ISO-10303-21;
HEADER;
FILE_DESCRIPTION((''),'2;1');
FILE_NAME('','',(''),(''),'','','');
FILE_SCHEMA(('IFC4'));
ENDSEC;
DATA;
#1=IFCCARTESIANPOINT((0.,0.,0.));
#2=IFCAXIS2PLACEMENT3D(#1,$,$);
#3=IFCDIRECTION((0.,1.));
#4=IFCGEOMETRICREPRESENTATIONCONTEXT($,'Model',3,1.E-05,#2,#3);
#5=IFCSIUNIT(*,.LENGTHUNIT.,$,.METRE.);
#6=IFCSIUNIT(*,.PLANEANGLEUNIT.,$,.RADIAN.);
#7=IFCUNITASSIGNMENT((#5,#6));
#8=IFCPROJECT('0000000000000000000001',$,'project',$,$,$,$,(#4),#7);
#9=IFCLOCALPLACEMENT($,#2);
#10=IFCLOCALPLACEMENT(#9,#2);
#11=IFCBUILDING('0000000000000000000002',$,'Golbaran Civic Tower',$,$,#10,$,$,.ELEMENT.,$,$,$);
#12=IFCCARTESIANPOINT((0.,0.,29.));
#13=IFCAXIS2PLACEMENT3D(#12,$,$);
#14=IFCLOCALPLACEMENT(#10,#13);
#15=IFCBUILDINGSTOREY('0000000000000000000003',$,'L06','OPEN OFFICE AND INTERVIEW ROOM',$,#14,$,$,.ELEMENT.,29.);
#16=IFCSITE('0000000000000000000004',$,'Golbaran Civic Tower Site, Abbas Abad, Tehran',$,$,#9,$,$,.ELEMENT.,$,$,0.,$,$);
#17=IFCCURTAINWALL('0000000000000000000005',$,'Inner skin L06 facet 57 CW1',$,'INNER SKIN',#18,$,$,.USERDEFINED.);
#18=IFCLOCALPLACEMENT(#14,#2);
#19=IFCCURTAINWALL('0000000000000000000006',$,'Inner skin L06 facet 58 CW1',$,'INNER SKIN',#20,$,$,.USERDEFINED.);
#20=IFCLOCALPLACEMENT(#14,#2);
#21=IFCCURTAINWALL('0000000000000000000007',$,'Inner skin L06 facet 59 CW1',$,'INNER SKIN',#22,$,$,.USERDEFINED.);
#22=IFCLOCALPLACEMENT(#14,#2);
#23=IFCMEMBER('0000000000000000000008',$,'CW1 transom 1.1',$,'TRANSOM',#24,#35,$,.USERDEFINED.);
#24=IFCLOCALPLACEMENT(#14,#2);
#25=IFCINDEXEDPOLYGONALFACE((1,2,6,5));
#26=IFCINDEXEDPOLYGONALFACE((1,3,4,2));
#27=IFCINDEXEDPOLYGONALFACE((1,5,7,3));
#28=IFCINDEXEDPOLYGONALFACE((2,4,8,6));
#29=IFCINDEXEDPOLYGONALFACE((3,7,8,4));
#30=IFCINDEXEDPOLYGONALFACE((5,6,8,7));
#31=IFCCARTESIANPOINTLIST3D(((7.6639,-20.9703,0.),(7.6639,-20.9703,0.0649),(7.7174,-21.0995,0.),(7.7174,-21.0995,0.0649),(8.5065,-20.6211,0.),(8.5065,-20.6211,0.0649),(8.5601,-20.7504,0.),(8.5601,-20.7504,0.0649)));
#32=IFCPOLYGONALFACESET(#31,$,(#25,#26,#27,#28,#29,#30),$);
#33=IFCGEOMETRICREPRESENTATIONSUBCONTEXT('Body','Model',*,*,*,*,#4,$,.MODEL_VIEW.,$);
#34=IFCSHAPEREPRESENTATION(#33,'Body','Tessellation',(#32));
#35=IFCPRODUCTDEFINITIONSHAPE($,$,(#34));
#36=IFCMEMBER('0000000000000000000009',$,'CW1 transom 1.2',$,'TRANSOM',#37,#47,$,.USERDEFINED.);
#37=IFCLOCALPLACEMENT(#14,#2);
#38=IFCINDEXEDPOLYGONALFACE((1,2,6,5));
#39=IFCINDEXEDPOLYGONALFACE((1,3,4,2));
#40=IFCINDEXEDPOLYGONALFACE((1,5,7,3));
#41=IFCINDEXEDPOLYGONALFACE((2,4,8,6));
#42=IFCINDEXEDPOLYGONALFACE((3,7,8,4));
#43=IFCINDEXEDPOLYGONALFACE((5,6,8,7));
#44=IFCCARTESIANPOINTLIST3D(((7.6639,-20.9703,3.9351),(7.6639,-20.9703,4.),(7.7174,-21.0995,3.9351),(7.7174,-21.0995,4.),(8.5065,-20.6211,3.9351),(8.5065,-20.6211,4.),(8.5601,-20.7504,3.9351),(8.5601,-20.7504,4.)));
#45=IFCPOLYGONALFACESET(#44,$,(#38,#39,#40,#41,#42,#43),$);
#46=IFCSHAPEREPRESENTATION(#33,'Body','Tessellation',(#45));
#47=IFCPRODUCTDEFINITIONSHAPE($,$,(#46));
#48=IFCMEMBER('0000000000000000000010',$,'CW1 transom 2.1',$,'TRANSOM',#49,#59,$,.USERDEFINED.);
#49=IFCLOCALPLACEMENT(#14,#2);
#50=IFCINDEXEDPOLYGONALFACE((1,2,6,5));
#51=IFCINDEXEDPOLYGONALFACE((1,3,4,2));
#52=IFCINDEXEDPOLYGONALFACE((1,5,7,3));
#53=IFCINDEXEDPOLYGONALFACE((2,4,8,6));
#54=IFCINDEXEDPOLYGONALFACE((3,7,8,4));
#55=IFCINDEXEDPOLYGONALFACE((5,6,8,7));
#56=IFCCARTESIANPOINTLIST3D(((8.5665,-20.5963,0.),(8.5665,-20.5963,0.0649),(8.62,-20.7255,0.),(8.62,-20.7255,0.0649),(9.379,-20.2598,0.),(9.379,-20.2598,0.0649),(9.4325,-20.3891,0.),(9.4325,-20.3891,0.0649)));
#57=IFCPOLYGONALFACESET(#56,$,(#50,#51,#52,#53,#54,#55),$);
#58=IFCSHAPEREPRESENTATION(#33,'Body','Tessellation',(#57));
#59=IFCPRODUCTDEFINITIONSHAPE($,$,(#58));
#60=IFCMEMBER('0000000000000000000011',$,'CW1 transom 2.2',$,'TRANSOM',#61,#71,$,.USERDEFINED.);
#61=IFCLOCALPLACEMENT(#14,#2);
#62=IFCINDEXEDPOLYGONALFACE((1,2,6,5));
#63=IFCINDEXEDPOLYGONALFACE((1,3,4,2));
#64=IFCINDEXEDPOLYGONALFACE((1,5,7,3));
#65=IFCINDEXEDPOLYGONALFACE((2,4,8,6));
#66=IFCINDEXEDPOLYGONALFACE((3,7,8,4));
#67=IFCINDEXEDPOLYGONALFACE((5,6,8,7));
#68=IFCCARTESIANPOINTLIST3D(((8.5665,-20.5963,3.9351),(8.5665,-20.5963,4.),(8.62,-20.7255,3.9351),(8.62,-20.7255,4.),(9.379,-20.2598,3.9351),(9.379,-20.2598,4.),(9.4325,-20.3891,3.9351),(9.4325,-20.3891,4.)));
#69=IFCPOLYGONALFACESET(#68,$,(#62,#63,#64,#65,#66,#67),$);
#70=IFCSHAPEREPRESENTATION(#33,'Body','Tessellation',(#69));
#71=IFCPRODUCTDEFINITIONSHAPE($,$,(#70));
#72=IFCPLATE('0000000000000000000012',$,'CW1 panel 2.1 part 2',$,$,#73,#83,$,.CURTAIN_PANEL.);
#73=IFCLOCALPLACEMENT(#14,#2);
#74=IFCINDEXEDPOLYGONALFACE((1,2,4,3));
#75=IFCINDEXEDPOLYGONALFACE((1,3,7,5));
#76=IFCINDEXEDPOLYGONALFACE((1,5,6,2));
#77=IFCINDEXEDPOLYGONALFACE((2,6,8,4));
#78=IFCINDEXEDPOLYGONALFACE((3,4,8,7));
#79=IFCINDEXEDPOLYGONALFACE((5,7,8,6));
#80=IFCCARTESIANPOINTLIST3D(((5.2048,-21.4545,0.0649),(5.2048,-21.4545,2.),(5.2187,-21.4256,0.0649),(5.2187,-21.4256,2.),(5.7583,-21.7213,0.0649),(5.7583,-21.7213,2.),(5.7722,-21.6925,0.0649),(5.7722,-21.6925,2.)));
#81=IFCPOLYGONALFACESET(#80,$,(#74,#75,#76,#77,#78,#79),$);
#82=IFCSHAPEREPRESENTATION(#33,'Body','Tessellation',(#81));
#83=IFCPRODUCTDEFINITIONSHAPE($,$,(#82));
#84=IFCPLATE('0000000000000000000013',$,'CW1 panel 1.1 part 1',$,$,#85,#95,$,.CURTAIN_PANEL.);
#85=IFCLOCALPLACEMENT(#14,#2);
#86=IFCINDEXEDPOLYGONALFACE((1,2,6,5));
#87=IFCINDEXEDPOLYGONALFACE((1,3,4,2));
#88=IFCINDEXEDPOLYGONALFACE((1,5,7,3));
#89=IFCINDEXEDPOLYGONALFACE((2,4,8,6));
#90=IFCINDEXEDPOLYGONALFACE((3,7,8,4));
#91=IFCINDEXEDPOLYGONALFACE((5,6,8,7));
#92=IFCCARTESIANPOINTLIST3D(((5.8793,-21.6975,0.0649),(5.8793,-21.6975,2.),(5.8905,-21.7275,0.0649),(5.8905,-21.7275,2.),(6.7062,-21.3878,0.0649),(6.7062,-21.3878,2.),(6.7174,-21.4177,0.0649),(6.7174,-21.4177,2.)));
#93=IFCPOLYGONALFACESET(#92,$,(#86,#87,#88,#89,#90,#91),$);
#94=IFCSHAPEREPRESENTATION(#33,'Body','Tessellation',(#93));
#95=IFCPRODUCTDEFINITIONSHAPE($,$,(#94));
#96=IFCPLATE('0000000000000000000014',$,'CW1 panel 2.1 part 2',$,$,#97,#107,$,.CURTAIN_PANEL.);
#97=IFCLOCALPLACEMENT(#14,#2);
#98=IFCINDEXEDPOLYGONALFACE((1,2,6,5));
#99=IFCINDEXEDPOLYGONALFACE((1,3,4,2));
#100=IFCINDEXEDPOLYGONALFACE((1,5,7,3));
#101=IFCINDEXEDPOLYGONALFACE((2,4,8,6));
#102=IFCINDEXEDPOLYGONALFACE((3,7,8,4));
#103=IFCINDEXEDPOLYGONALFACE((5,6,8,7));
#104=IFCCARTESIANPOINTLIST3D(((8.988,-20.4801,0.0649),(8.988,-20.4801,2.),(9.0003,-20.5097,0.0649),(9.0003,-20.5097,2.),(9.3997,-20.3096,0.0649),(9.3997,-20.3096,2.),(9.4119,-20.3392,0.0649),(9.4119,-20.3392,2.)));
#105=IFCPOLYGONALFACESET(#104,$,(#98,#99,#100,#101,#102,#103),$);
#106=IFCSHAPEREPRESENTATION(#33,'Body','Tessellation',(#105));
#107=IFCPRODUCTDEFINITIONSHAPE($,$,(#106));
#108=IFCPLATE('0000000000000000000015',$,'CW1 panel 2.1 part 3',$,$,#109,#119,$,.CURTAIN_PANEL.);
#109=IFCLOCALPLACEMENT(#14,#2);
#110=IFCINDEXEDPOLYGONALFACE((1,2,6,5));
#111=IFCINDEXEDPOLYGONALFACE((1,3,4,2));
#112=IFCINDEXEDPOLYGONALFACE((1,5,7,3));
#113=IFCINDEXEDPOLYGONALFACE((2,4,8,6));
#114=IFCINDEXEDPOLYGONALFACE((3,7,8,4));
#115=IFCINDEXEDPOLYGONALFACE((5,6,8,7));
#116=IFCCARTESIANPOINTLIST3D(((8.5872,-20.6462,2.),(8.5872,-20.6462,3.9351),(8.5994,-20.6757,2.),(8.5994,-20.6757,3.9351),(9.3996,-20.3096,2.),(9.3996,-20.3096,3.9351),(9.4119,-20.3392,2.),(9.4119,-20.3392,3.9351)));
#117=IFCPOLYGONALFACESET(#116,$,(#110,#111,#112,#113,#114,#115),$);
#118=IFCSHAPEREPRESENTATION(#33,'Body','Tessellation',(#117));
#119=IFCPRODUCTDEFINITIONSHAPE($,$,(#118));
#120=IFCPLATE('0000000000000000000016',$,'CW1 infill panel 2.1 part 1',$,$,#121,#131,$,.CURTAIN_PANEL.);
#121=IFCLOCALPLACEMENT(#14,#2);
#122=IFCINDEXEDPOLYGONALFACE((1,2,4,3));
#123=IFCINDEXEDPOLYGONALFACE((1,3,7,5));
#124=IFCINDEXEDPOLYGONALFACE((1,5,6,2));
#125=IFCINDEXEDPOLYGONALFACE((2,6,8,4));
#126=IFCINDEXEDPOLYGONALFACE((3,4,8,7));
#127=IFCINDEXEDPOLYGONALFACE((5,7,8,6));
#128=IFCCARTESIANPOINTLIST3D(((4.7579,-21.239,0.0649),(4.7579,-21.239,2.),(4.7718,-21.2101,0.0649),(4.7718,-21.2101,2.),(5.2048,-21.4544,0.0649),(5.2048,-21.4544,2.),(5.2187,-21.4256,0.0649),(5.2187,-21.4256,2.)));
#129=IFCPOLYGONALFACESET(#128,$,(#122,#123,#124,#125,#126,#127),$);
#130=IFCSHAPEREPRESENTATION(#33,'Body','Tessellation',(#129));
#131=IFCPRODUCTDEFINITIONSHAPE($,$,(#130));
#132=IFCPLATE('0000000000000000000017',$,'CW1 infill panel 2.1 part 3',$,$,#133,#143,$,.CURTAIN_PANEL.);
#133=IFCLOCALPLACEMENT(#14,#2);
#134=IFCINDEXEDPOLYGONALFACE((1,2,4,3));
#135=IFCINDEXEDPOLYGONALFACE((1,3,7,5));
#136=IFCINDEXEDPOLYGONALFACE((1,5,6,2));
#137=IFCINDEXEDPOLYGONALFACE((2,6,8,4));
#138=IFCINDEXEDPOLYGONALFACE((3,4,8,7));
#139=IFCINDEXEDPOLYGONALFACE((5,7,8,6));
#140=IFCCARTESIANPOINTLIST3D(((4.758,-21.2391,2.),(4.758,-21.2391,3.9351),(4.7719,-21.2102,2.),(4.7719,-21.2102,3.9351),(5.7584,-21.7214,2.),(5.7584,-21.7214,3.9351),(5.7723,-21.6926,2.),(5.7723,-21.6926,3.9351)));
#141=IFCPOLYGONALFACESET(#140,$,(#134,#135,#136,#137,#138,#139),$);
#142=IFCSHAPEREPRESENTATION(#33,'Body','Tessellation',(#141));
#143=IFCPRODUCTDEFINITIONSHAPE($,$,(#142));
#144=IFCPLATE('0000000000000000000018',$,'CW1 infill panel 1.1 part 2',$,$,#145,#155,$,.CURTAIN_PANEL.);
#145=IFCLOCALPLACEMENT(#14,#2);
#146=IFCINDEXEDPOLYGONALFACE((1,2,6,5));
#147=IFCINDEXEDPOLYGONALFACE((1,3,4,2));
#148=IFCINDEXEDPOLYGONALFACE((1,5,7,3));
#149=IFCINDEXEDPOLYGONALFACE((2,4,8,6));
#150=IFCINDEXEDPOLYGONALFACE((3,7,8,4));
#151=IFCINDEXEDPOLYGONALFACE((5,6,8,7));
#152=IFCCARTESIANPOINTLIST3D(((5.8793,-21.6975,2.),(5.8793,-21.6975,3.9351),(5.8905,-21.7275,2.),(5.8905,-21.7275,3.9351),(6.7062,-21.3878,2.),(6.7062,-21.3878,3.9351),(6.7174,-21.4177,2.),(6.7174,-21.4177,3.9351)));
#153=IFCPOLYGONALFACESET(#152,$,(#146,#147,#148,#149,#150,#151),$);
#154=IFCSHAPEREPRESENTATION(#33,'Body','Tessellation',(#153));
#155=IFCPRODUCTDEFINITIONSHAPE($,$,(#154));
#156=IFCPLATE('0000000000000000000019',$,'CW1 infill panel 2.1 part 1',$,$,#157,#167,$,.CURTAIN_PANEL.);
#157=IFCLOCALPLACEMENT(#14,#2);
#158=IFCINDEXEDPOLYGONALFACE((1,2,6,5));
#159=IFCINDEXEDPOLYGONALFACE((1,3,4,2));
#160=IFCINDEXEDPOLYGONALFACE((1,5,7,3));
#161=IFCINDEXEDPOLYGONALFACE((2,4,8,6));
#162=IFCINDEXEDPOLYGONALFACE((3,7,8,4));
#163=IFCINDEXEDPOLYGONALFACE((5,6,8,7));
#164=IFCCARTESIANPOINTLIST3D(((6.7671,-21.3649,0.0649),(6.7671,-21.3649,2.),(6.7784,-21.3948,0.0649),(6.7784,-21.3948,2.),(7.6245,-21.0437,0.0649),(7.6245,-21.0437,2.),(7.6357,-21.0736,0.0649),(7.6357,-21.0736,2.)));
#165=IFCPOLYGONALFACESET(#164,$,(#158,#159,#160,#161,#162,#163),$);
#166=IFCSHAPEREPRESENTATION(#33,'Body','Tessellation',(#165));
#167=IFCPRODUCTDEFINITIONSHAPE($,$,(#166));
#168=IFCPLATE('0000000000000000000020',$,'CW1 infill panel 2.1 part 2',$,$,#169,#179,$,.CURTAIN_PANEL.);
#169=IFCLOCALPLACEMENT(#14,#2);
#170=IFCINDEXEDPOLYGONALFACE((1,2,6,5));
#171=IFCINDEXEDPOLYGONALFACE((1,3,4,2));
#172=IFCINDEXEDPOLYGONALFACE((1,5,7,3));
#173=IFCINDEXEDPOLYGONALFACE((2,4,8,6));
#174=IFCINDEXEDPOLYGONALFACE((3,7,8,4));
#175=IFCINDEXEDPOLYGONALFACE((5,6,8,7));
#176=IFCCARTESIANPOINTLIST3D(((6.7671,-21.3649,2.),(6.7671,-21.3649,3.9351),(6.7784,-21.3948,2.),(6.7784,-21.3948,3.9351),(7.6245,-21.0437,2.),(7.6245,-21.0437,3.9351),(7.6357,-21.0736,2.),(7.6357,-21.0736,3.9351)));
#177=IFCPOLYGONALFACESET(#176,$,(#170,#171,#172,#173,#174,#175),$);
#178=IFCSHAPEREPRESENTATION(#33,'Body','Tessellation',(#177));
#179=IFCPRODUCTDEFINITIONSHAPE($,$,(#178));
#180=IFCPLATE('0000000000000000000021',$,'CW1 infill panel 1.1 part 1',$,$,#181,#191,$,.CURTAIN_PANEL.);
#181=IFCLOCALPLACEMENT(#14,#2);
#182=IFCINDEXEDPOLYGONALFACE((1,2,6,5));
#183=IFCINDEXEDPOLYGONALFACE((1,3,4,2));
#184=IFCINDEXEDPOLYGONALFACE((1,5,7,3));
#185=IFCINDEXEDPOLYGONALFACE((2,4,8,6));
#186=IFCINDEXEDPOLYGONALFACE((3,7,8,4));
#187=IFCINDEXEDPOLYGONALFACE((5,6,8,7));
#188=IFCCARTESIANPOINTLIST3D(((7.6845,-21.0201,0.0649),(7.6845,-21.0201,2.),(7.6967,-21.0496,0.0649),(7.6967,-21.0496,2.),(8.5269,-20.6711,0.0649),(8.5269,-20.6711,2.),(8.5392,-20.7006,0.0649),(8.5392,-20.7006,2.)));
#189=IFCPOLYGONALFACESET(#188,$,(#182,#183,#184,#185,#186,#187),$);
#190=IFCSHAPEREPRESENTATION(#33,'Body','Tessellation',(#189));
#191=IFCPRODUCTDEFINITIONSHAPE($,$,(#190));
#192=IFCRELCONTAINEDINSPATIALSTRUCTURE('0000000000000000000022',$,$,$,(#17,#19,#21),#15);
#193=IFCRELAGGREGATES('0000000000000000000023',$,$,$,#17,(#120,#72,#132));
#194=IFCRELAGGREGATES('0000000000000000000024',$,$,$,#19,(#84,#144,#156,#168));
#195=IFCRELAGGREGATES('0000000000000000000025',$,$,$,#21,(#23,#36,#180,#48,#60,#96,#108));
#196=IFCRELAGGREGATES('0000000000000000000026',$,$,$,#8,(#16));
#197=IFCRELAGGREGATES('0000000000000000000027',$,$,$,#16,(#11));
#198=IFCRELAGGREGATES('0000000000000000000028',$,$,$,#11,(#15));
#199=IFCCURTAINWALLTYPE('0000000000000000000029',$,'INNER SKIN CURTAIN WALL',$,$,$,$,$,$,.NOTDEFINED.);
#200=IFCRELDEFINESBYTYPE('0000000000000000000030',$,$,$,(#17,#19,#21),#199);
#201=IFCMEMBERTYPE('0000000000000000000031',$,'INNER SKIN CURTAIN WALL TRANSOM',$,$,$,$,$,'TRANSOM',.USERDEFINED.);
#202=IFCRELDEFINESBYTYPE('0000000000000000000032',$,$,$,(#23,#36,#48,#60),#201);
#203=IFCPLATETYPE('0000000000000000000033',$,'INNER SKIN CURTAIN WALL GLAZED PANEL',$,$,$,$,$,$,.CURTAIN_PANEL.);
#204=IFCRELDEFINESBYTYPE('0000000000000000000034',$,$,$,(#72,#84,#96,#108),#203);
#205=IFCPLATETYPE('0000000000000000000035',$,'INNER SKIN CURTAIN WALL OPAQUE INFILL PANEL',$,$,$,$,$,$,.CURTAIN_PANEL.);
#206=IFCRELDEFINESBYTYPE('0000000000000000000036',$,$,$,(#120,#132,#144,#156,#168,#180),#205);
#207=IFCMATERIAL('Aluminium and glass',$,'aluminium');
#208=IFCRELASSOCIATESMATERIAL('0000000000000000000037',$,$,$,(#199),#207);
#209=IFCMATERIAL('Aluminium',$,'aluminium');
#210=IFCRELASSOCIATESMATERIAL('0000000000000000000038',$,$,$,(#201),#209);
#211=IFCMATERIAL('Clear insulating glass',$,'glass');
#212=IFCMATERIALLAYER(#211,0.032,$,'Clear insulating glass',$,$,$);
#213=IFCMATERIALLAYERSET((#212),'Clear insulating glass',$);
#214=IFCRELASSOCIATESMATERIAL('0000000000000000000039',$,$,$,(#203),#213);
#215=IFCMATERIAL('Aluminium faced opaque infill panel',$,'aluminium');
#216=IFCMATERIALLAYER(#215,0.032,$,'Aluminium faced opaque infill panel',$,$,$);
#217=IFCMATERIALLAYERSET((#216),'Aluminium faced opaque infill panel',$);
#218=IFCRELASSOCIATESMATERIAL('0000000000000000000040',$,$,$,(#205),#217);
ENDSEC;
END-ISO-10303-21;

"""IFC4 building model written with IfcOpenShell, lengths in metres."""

from ifc_helpers import new_model, si_unit, direction, frame, origin, origin_2d, place, context, subcontext, project, spatial, rectangle, extrude, material, layer, layer_set, material_profile, profile_set, type_object, element, aggregate, save


model = new_model("IFC4")

# Units and contexts
model_context = context("Model", 3, precision=1e-05, world=origin(), true_north=direction((0.0, 1.0)))
body_context = subcontext(model_context, "Body", "Model", "MODEL_VIEW")
ifc_project = project(units=[si_unit("LENGTHUNIT", "METRE"), si_unit("PLANEANGLEUNIT", "RADIAN")], contexts=[model_context])

# Site, building, storey
site_placement = place(None, origin())
site = spatial("IfcSite", under=ifc_project, at=site_placement, Name="Golbaran Civic Tower Site, Abbas Abad, Tehran", CompositionType="ELEMENT", RefElevation=0.0)
building_placement = place(site_placement, origin())
building = spatial("IfcBuilding", under=site, at=building_placement, Name="Golbaran Civic Tower", CompositionType="ELEMENT")
storey_placement = place(building_placement, frame((0.0, 0.0, 29.0)))
storey = spatial("IfcBuildingStorey", under=building, at=storey_placement, Name="L06", Description="OPEN OFFICE AND INTERVIEW ROOM", CompositionType="ELEMENT", Elevation=29.0)

# Curtain wall
ifc_material_1 = material(Name="Aluminium and glass", Category="aluminium")
curtain_wall_type = type_object("IfcCurtainWallType", Name="INNER SKIN CURTAIN WALL", PredefinedType="NOTDEFINED", material=ifc_material_1)
curtain_wall_1_placement = place(storey_placement, origin())
curtain_wall_1 = element("IfcCurtainWall", 1, at=curtain_wall_1_placement, inside=storey, type_object=curtain_wall_type, Name="Inner skin L06 facet 57 CW1", ObjectType="INNER SKIN", PredefinedType="USERDEFINED")
ifc_material_2 = material(Name="Aluminium", Category="aluminium")

# Curtain walls
curtain_wall_2_placement = place(storey_placement, origin())
curtain_wall_2 = element("IfcCurtainWall", 2, at=curtain_wall_2_placement, inside=storey, type_object=curtain_wall_type, Name="Inner skin L06 facet 58 CW1", ObjectType="INNER SKIN", PredefinedType="USERDEFINED")
curtain_wall_3_placement = place(storey_placement, origin())
curtain_wall_3 = element("IfcCurtainWall", 3, at=curtain_wall_3_placement, inside=storey, type_object=curtain_wall_type, Name="Inner skin L06 facet 59 CW1", ObjectType="INNER SKIN", PredefinedType="USERDEFINED")

# Members
ifc_material_profile_1 = material_profile(ifc_material_2, rectangle(XDim=0.1399, YDim=0.0649, at=origin_2d()), Name="INNER SKIN CURTAIN WALL TRANSOM")
ifc_profile_set_1 = profile_set([ifc_material_profile_1], Name="Aluminium")
member_type_1 = type_object("IfcMemberType", Name="INNER SKIN CURTAIN WALL TRANSOM", ElementType="TRANSOM", PredefinedType="USERDEFINED", material=ifc_profile_set_1)
member_1_placement = place(storey_placement, frame((7.6907, -21.0349, 0.0325), z_axis=(0.923828, 0.382809, 0.0), x_axis=(-0.382809, 0.923828, 0.0)))
member_1 = element("IfcMember", 4, at=member_1_placement, type_object=member_type_1, Name="CW1 transom 1.1", ObjectType="TRANSOM", PredefinedType="USERDEFINED", context=body_context, shape_type="SweptSolid", body=[
    extrude(rectangle(XDim=0.1399, YDim=0.0649, at=origin_2d()), origin(), (0.0, 0.0, 1.0), 0.9121),
])
member_2_placement = place(storey_placement, frame((7.6907, -21.0349, 3.9675), z_axis=(0.923828, 0.382809, 0.0), x_axis=(-0.382809, 0.923828, 0.0)))
member_2 = element("IfcMember", 5, at=member_2_placement, type_object=member_type_1, Name="CW1 transom 1.2", ObjectType="TRANSOM", PredefinedType="USERDEFINED", context=body_context, shape_type="SweptSolid", body=[
    extrude(rectangle(XDim=0.1399, YDim=0.0649, at=origin_2d()), origin(), (0.0, 0.0, 1.0), 0.9121),
])
member_3_placement = place(storey_placement, frame((8.5933, -20.6609, 0.0325), z_axis=(0.923929, 0.382564, 0.0), x_axis=(-0.382564, 0.923929, 0.0)))
member_3 = element("IfcMember", 6, at=member_3_placement, type_object=member_type_1, Name="CW1 transom 2.1", ObjectType="TRANSOM", PredefinedType="USERDEFINED", context=body_context, shape_type="SweptSolid", body=[
    extrude(rectangle(XDim=0.1399, YDim=0.0649, at=origin_2d()), origin(), (0.0, 0.0, 1.0), 0.8794),
])
member_4_placement = place(storey_placement, frame((8.5933, -20.6609, 3.9675), z_axis=(0.923929, 0.382564, 0.0), x_axis=(-0.382564, 0.923929, 0.0)))
member_4 = element("IfcMember", 7, at=member_4_placement, type_object=member_type_1, Name="CW1 transom 2.2", ObjectType="TRANSOM", PredefinedType="USERDEFINED", context=body_context, shape_type="SweptSolid", body=[
    extrude(rectangle(XDim=0.1399, YDim=0.0649, at=origin_2d()), origin(), (0.0, 0.0, 1.0), 0.8794),
])

# Plates
ifc_material_3 = material(Name="Clear insulating glass", Category="glass")
ifc_layer_1 = layer(ifc_material_3, 0.032, Name="Clear insulating glass")
ifc_layer_set_1 = layer_set([ifc_layer_1], Name="Clear insulating glass")
plate_type_1 = type_object("IfcPlateType", Name="INNER SKIN CURTAIN WALL GLAZED PANEL", PredefinedType="CURTAIN_PANEL", material=ifc_layer_set_1)
plate_1_placement = place(storey_placement, frame((5.4885, -21.5735, 0.0649), z_axis=(0.0, 0.0, 1.0), x_axis=(0.900767, -0.434302, 0.0)))
plate_1 = element("IfcPlate", 8, at=plate_1_placement, type_object=plate_type_1, Name="CW1 panel 2.1 part 2", PredefinedType="CURTAIN_PANEL", context=body_context, shape_type="SweptSolid", body=[
    extrude(rectangle(XDim=0.6145, YDim=0.032, at=origin_2d()), origin(), (0.0, 0.0, 1.0), 1.9351),
])
plate_2_placement = place(storey_placement, frame((6.2983, -21.5576, 0.0649), z_axis=(0.0, 0.0, 1.0), x_axis=(0.936447, 0.350808, 0.0)))
plate_2 = element("IfcPlate", 9, at=plate_2_placement, type_object=plate_type_1, Name="CW1 panel 1.1 part 1", PredefinedType="CURTAIN_PANEL", context=body_context, shape_type="SweptSolid", body=[
    extrude(rectangle(XDim=0.8831, YDim=0.032, at=origin_2d()), origin(), (0.0, 0.0, 1.0), 1.9351),
])
plate_3_placement = place(storey_placement, frame((9.2, -20.4097, 0.0649), z_axis=(0.0, 0.0, 1.0), x_axis=(0.92388, 0.382683, 0.0)))
plate_3 = element("IfcPlate", 10, at=plate_3_placement, type_object=plate_type_1, Name="CW1 panel 2.1 part 2", PredefinedType="CURTAIN_PANEL", context=body_context, shape_type="SweptSolid", body=[
    extrude(rectangle(XDim=0.4456, YDim=0.032, at=origin_2d()), origin(), (0.0, 0.0, 1.0), 1.9351),
])
plate_4_placement = place(storey_placement, frame((8.9995, -20.4927, 2.0), z_axis=(0.0, 0.0, 1.0), x_axis=(0.92388, 0.382683, 0.0)))
plate_4 = element("IfcPlate", 11, at=plate_4_placement, type_object=plate_type_1, Name="CW1 panel 2.1 part 3", PredefinedType="CURTAIN_PANEL", context=body_context, shape_type="SweptSolid", body=[
    extrude(rectangle(XDim=0.8794, YDim=0.032, at=origin_2d()), origin(), (0.0, 0.0, 1.0), 1.9351),
])
ifc_material_4 = material(Name="Aluminium faced opaque infill panel", Category="aluminium")
ifc_layer_2 = layer(ifc_material_4, 0.032, Name="Aluminium faced opaque infill panel")
ifc_layer_set_2 = layer_set([ifc_layer_2], Name="Aluminium faced opaque infill panel")
plate_type_2 = type_object("IfcPlateType", Name="INNER SKIN CURTAIN WALL OPAQUE INFILL PANEL", PredefinedType="CURTAIN_PANEL", material=ifc_layer_set_2)
plate_5_placement = place(storey_placement, frame((4.9883, -21.3323, 0.0649), z_axis=(0.0, 0.0, 1.0), x_axis=(0.900767, -0.434302, 0.0)))
plate_5 = element("IfcPlate", 12, at=plate_5_placement, type_object=plate_type_2, Name="CW1 infill panel 2.1 part 1", PredefinedType="CURTAIN_PANEL", context=body_context, shape_type="SweptSolid", body=[
    extrude(rectangle(XDim=0.4961, YDim=0.032, at=origin_2d()), origin(), (0.0, 0.0, 1.0), 1.9351),
])
plate_6_placement = place(storey_placement, frame((5.2651, -21.4658, 2.0), z_axis=(0.0, 0.0, 1.0), x_axis=(0.900767, -0.434302, 0.0)))
plate_6 = element("IfcPlate", 13, at=plate_6_placement, type_object=plate_type_2, Name="CW1 infill panel 2.1 part 3", PredefinedType="CURTAIN_PANEL", context=body_context, shape_type="SweptSolid", body=[
    extrude(rectangle(XDim=1.1106, YDim=0.032, at=origin_2d()), origin(), (0.0, 0.0, 1.0), 1.9351),
])
aggregate(curtain_wall_1, [plate_5, plate_1, plate_6])
plate_7_placement = place(storey_placement, frame((6.2983, -21.5576, 2.0), z_axis=(0.0, 0.0, 1.0), x_axis=(0.936447, 0.350808, 0.0)))
plate_7 = element("IfcPlate", 14, at=plate_7_placement, type_object=plate_type_2, Name="CW1 infill panel 1.1 part 2", PredefinedType="CURTAIN_PANEL", context=body_context, shape_type="SweptSolid", body=[
    extrude(rectangle(XDim=0.8831, YDim=0.032, at=origin_2d()), origin(), (0.0, 0.0, 1.0), 1.9351),
])
plate_8_placement = place(storey_placement, frame((7.2014, -21.2192, 0.0649), z_axis=(0.0, 0.0, 1.0), x_axis=(0.936447, 0.350808, 0.0)))
plate_8 = element("IfcPlate", 15, at=plate_8_placement, type_object=plate_type_2, Name="CW1 infill panel 2.1 part 1", PredefinedType="CURTAIN_PANEL", context=body_context, shape_type="SweptSolid", body=[
    extrude(rectangle(XDim=0.9155, YDim=0.032, at=origin_2d()), origin(), (0.0, 0.0, 1.0), 1.9351),
])
plate_9_placement = place(storey_placement, frame((7.2014, -21.2192, 2.0), z_axis=(0.0, 0.0, 1.0), x_axis=(0.936447, 0.350808, 0.0)))
plate_9 = element("IfcPlate", 16, at=plate_9_placement, type_object=plate_type_2, Name="CW1 infill panel 2.1 part 2", PredefinedType="CURTAIN_PANEL", context=body_context, shape_type="SweptSolid", body=[
    extrude(rectangle(XDim=0.9155, YDim=0.032, at=origin_2d()), origin(), (0.0, 0.0, 1.0), 1.9351),
])
aggregate(curtain_wall_2, [plate_2, plate_7, plate_8, plate_9])
plate_10_placement = place(storey_placement, frame((8.1118, -20.8604, 0.0649), z_axis=(0.0, 0.0, 1.0), x_axis=(0.92388, 0.382683, 0.0)))
plate_10 = element("IfcPlate", 17, at=plate_10_placement, type_object=plate_type_2, Name="CW1 infill panel 1.1 part 1", PredefinedType="CURTAIN_PANEL", context=body_context, shape_type="SweptSolid", body=[
    extrude(rectangle(XDim=0.9119, YDim=0.032, at=origin_2d()), origin(), (0.0, 0.0, 1.0), 1.9351),
])
aggregate(curtain_wall_3, [member_1, member_2, plate_10, member_3, member_4, plate_3, plate_4])

save(model, "model.ifc")
